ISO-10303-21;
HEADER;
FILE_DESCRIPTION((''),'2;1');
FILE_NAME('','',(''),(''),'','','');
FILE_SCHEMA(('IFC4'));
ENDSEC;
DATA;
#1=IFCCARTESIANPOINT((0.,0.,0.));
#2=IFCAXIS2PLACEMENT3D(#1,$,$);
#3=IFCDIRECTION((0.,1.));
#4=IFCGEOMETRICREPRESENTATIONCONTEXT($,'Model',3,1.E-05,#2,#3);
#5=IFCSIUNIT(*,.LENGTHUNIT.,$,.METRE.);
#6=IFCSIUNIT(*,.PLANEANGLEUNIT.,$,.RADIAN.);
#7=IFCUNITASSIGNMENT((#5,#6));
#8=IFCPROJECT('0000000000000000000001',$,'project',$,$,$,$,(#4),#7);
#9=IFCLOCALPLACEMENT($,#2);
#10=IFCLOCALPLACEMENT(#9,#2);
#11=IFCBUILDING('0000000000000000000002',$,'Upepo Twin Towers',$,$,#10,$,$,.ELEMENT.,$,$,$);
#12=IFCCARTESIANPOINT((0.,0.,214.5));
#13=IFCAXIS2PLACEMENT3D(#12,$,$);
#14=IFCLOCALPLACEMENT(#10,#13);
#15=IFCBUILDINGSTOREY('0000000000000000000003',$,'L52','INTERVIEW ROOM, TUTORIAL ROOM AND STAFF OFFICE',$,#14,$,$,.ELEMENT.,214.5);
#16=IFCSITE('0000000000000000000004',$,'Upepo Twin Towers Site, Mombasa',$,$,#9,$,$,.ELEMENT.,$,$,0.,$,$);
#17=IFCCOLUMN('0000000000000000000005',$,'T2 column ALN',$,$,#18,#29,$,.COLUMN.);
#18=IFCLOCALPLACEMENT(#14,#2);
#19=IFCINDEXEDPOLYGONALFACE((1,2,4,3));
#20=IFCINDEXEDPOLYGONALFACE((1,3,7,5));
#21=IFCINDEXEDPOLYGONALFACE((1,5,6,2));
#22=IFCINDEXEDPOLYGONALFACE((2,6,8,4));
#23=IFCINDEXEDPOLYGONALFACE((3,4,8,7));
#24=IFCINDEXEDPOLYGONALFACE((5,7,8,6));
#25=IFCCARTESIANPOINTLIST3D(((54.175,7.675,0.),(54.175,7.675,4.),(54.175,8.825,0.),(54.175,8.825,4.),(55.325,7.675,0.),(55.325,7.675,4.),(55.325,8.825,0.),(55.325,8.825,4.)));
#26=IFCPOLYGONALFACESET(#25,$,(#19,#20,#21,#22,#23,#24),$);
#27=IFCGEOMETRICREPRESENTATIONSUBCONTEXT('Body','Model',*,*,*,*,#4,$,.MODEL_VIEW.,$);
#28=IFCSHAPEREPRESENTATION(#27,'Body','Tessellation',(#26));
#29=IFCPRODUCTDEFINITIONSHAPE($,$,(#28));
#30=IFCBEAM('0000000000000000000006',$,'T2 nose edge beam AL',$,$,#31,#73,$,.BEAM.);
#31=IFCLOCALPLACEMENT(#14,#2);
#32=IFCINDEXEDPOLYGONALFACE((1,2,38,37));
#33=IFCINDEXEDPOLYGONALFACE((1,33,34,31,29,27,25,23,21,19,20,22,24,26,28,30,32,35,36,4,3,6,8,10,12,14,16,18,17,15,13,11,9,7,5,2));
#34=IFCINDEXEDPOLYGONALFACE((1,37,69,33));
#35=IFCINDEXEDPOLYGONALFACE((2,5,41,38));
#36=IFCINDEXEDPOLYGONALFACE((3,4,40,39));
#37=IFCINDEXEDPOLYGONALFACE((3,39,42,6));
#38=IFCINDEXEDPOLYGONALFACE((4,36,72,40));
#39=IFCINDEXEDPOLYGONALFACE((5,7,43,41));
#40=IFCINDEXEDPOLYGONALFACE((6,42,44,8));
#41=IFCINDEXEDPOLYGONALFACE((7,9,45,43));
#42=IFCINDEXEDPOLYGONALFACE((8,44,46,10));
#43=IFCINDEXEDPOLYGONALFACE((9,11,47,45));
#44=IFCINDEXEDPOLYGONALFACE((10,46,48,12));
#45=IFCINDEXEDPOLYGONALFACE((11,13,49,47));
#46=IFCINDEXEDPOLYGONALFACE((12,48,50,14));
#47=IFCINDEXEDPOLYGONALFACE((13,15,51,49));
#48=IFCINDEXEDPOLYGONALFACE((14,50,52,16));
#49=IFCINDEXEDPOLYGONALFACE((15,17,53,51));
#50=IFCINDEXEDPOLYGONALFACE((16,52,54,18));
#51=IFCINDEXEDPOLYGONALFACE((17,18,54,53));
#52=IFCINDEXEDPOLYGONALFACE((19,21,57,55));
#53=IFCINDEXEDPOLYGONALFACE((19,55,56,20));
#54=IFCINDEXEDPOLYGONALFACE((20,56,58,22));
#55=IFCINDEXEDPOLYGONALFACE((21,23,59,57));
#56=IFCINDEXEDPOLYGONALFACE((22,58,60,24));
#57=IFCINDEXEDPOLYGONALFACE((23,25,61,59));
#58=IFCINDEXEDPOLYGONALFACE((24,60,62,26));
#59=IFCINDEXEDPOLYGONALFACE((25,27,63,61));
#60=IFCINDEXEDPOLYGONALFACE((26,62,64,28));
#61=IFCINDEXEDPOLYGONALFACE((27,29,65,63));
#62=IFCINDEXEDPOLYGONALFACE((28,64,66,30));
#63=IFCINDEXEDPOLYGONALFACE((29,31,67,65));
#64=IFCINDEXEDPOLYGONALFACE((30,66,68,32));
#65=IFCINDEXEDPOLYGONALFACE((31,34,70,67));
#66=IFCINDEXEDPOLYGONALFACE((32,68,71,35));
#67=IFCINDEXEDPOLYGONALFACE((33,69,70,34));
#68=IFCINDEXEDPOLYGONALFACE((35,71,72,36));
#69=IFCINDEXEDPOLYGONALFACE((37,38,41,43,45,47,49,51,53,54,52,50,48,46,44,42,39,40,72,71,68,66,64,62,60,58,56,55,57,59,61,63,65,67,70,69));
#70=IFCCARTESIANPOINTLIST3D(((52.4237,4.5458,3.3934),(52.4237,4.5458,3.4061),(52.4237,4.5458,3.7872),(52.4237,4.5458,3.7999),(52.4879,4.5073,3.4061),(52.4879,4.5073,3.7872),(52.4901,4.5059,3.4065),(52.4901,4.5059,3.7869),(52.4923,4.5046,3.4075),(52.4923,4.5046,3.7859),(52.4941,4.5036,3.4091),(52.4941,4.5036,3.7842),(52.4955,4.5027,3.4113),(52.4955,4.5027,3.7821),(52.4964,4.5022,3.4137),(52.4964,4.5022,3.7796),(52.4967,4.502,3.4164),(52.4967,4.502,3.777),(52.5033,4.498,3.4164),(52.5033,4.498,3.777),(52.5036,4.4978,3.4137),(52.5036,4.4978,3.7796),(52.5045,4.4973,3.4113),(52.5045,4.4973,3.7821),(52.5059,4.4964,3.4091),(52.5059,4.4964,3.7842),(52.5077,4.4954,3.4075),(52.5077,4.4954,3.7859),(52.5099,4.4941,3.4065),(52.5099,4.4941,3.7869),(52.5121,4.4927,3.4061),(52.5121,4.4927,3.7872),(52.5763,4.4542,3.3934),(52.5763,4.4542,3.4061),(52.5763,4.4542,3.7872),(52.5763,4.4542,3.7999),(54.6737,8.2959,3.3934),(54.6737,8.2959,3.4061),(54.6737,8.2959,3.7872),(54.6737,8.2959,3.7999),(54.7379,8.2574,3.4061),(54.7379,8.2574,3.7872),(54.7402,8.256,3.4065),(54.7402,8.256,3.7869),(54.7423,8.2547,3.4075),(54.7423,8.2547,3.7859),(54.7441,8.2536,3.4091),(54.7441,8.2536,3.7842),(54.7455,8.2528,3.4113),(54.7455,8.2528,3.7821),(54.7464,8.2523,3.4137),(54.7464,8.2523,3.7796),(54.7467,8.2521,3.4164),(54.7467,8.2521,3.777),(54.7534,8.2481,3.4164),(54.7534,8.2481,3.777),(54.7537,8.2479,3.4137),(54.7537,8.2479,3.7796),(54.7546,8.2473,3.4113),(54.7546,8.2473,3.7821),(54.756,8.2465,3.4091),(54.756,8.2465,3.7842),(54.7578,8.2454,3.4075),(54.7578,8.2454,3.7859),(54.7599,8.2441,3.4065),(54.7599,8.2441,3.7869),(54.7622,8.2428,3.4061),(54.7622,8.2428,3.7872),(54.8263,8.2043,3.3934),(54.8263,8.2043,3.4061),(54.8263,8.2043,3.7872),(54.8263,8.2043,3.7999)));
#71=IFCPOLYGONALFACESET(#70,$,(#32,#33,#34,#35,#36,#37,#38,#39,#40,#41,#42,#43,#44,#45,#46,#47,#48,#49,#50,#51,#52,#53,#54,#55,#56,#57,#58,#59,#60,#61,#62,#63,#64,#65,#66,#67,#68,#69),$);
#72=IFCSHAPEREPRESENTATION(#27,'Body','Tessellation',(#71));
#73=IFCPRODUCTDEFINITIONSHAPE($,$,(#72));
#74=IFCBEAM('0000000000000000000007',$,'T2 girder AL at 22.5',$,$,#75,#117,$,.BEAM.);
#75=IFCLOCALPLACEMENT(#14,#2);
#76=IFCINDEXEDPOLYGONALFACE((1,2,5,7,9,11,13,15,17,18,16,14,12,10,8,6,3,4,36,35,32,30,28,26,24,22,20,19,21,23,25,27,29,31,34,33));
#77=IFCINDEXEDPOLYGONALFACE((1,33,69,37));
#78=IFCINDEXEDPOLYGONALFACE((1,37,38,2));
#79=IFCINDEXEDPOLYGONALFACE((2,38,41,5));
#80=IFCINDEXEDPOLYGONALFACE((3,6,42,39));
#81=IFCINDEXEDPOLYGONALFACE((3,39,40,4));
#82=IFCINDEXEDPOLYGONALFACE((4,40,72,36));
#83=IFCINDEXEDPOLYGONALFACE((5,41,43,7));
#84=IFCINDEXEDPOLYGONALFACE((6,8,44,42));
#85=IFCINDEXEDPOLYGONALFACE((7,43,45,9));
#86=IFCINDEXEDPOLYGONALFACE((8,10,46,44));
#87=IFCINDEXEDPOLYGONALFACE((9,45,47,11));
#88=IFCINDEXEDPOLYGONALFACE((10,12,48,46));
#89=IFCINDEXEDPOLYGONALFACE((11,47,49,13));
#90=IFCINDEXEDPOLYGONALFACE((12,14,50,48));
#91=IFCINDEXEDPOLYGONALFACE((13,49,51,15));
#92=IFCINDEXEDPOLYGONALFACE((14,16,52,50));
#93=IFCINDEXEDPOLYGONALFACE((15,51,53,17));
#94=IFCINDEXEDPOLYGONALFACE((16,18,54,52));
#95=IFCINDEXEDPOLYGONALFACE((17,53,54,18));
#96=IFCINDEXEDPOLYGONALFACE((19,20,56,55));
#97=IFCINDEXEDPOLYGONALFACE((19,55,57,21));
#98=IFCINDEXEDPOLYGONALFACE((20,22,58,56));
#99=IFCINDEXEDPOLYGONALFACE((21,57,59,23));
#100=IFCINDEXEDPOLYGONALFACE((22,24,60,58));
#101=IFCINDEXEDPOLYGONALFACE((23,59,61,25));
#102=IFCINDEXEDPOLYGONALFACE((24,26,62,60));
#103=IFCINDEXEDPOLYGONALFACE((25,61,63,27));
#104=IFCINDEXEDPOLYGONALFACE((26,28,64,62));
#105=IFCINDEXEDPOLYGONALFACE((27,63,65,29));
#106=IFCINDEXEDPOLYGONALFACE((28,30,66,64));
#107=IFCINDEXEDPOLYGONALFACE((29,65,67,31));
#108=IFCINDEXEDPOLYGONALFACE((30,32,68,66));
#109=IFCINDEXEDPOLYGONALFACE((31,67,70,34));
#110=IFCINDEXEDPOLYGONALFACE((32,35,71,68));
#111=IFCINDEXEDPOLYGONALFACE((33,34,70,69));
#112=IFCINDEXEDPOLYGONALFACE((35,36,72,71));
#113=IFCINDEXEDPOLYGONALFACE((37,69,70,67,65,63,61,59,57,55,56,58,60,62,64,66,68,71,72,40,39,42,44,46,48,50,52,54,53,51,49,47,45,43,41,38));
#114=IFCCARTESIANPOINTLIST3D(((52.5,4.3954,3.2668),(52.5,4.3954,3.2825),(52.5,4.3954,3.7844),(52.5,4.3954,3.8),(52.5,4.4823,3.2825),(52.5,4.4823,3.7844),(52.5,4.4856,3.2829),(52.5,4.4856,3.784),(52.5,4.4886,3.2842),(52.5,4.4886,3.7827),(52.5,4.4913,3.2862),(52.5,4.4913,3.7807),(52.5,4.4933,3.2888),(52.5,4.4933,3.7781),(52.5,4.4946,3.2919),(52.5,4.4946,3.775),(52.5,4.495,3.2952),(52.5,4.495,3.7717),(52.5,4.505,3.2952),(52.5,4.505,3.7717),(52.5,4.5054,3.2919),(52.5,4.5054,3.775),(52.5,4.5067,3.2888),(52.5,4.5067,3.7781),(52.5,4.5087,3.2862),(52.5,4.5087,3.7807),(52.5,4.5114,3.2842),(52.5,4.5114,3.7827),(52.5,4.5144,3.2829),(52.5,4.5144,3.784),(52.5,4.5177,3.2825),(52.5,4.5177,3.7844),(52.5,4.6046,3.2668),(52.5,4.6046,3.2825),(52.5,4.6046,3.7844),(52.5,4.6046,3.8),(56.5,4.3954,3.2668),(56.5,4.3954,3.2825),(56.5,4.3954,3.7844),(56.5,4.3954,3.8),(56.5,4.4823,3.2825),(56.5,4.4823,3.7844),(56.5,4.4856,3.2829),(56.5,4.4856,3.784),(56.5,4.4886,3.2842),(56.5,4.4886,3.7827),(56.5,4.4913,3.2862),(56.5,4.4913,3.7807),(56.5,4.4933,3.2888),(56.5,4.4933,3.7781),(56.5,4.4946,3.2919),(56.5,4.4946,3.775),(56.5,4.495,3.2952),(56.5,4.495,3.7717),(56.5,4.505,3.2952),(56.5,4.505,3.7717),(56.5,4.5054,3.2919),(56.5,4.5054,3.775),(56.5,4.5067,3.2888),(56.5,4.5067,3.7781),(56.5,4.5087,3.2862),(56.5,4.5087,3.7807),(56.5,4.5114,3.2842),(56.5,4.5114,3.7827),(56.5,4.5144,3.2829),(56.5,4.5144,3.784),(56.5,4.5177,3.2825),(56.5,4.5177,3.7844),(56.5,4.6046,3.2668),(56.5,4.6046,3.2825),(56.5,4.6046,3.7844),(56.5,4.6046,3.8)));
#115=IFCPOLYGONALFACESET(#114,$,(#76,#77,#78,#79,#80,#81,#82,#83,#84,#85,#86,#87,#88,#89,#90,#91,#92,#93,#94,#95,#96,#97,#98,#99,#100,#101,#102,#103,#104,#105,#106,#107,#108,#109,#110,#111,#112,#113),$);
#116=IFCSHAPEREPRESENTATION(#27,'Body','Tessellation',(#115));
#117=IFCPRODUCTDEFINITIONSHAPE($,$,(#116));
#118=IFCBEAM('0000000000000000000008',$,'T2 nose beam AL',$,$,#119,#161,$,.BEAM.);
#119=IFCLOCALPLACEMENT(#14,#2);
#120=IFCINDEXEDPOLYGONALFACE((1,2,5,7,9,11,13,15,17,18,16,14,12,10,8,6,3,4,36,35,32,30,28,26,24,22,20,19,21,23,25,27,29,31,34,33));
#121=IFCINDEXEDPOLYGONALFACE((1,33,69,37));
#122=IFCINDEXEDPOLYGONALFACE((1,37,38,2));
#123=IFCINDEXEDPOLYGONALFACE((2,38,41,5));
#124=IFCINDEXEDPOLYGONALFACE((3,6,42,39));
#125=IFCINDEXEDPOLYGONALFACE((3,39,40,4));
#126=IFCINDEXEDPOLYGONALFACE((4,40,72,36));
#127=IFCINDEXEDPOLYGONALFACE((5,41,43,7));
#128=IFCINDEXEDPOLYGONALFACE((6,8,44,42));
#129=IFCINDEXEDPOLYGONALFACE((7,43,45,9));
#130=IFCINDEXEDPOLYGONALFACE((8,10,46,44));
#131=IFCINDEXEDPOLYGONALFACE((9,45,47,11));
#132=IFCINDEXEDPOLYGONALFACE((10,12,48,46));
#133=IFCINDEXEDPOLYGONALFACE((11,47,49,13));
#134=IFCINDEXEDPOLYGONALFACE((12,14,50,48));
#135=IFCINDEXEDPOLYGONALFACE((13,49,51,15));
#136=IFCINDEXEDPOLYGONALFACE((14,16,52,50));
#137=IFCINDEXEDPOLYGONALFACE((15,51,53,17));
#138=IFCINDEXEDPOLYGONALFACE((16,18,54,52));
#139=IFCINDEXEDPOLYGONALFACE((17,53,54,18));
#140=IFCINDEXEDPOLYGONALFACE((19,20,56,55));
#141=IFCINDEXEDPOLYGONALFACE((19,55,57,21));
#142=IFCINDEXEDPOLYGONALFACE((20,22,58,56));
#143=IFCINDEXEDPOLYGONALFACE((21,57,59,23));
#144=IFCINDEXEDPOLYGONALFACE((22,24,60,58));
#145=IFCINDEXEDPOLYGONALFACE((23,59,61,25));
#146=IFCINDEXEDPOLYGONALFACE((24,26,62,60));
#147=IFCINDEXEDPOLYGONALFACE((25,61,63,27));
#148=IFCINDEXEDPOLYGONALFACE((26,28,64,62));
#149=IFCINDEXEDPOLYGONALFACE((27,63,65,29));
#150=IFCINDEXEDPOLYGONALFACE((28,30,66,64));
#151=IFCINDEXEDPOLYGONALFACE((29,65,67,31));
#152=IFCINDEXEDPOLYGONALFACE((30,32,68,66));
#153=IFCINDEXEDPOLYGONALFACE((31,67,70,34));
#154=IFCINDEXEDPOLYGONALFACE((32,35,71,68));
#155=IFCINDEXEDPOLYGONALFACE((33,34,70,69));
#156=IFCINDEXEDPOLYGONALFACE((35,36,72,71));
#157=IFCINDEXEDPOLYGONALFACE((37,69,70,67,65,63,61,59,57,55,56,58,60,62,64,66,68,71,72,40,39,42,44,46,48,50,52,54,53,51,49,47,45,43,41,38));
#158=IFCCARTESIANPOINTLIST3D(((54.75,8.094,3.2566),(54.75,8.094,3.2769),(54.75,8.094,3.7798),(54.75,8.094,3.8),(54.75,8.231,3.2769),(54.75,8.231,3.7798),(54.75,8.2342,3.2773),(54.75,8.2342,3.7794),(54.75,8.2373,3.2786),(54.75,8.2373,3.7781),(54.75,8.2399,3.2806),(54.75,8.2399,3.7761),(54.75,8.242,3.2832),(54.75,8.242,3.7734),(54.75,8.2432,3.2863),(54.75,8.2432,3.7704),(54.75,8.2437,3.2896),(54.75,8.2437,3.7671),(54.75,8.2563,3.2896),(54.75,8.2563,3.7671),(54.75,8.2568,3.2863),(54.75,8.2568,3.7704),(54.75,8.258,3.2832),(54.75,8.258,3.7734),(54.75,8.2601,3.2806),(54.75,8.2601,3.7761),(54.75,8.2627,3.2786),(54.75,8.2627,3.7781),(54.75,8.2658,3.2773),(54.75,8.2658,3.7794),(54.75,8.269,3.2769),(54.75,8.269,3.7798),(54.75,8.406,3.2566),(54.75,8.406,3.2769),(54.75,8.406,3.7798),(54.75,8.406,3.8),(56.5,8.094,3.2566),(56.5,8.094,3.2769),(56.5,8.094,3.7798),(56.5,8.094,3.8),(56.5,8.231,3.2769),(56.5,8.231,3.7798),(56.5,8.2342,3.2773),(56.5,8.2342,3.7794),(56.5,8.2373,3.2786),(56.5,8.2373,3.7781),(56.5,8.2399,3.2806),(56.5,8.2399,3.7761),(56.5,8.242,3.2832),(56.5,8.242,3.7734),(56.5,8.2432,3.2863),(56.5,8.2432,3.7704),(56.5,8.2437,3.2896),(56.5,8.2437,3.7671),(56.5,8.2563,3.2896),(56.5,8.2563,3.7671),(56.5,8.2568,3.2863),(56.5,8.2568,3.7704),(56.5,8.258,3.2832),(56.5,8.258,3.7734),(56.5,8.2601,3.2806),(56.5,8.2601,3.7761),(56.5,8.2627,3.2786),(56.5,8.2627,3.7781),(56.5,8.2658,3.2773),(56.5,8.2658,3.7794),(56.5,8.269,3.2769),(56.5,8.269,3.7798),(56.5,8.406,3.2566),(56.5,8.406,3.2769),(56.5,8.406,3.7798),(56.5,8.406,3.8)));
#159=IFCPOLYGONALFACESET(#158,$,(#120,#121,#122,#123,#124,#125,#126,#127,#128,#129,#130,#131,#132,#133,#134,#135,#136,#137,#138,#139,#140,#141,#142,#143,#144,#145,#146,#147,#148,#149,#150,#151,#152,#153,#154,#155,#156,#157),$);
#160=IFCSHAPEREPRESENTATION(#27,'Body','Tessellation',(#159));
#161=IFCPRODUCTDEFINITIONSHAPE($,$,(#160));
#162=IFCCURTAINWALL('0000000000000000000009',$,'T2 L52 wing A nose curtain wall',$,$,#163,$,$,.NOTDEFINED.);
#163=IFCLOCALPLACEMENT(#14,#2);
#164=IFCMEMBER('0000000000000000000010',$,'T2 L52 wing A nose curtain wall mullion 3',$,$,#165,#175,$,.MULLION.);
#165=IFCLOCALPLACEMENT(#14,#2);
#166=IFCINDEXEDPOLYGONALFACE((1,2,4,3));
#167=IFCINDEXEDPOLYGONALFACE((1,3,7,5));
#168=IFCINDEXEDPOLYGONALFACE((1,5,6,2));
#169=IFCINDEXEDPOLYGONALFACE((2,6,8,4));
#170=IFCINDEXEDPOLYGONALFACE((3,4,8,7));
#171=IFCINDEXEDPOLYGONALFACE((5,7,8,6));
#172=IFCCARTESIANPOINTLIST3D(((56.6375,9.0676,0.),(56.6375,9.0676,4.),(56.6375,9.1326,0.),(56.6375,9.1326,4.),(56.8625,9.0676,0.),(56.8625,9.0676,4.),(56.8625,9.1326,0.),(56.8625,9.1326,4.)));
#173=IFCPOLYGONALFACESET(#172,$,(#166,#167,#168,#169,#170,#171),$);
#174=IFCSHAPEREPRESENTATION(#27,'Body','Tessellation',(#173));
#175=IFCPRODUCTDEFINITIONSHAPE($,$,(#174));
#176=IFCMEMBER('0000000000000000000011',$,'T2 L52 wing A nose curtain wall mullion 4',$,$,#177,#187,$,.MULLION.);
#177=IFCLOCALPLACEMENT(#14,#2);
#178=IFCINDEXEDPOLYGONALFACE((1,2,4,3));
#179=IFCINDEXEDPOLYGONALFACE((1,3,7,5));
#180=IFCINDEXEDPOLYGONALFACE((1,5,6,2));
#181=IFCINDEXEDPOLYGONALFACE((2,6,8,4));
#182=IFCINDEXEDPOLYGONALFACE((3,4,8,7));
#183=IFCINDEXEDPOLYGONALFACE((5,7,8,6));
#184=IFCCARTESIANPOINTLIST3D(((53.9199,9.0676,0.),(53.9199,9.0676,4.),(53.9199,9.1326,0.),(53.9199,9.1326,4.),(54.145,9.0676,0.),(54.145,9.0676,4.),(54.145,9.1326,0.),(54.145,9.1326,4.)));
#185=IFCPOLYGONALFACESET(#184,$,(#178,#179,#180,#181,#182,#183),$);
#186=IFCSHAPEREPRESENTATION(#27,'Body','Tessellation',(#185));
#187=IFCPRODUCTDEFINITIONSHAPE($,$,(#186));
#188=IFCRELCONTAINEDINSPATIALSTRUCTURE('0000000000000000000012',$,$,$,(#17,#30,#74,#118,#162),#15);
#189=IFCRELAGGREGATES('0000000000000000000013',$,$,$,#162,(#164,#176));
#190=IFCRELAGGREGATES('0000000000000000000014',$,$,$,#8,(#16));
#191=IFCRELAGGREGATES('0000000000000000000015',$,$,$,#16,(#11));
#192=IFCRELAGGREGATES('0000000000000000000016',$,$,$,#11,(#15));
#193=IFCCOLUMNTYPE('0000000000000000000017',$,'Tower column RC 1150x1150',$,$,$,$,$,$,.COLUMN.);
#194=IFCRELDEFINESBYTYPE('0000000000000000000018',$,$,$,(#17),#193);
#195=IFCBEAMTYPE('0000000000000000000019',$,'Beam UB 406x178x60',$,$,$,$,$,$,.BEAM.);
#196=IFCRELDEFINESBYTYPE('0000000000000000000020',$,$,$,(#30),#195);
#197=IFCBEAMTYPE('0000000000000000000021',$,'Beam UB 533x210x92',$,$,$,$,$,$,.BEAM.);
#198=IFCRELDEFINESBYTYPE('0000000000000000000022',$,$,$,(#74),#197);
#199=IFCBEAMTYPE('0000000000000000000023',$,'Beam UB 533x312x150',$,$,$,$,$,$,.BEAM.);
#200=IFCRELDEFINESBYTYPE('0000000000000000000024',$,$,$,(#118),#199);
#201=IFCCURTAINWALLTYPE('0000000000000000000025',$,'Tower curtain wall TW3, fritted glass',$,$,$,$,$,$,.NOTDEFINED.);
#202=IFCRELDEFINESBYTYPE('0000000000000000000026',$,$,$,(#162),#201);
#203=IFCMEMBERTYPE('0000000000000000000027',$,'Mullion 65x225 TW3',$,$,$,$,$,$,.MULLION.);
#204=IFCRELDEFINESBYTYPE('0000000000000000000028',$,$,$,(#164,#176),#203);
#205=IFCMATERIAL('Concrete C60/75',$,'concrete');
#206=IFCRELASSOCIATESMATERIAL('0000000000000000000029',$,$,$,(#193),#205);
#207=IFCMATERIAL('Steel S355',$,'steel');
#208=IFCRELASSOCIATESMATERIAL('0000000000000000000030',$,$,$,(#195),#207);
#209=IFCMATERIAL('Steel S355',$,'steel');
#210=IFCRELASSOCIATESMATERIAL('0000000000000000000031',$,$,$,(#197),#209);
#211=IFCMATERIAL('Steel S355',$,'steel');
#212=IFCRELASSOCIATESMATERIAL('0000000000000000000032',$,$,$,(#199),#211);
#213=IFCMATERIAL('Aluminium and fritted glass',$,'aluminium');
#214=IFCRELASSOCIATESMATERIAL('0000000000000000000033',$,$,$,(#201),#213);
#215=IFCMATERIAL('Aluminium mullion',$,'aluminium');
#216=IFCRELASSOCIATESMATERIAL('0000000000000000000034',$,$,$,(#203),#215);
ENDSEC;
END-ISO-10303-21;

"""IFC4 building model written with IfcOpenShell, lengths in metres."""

from ifc_helpers import new_model, si_unit, direction, frame, origin, origin_2d, place, context, subcontext, project, spatial, rectangle, i_section, extrude, material, material_profile, profile_set, type_object, element, aggregate, save


model = new_model("IFC4")

# Units and contexts
model_context = context("Model", 3, precision=1e-05, world=origin(), true_north=direction((0.0, 1.0)))
body_context = subcontext(model_context, "Body", "Model", "MODEL_VIEW")
ifc_project = project(units=[si_unit("LENGTHUNIT", "METRE"), si_unit("PLANEANGLEUNIT", "RADIAN")], contexts=[model_context])

# Site, building, storey
site_placement = place(None, origin())
site = spatial("IfcSite", under=ifc_project, at=site_placement, Name="Upepo Twin Towers Site, Mombasa", CompositionType="ELEMENT", RefElevation=0.0)
building_placement = place(site_placement, origin())
building = spatial("IfcBuilding", under=site, at=building_placement, Name="Upepo Twin Towers", CompositionType="ELEMENT")
storey_placement = place(building_placement, frame((0.0, 0.0, 214.5)))
storey = spatial("IfcBuildingStorey", under=building, at=storey_placement, Name="L52", Description="INTERVIEW ROOM, TUTORIAL ROOM AND STAFF OFFICE", CompositionType="ELEMENT", Elevation=214.5)

# Column
ifc_material_1 = material(Name="Concrete C60/75", Category="concrete")
ifc_material_profile_1 = material_profile(ifc_material_1, rectangle(XDim=1.1499, YDim=1.1499, at=origin_2d()), Name="RC 1150x1150")
ifc_profile_set_1 = profile_set([ifc_material_profile_1], Name="Concrete C60/75")
column_type = type_object("IfcColumnType", Name="Tower column RC 1150x1150", PredefinedType="COLUMN", material=ifc_profile_set_1)
column_placement = place(storey_placement, frame((54.75, 8.25, 0.0), z_axis=(0.0, 0.0, 1.0), x_axis=(1.0, 0.0, 0.0)))
element("IfcColumn", 1, at=column_placement, inside=storey, type_object=column_type, Name="T2 column ALN", PredefinedType="COLUMN", context=body_context, shape_type="SweptSolid", body=[
    extrude(rectangle(XDim=1.1499, YDim=1.1499, at=origin_2d()), origin(), (0.0, 0.0, 1.0), 4.0),
])

# Beams
ifc_material_2 = material(Name="Steel S355", Category="steel")
ifc_material_profile_2 = material_profile(ifc_material_2, i_section(OverallWidth=0.178, OverallDepth=0.4065, WebThickness=0.0078, FlangeThickness=0.0127, FilletRadius=0.0103, at=origin_2d()), Name="UB 406x178x60")
ifc_profile_set_2 = profile_set([ifc_material_profile_2], Name="Steel S355")
beam_type_1 = type_object("IfcBeamType", Name="Beam UB 406x178x60", PredefinedType="BEAM", material=ifc_profile_set_2)
beam_1_placement = place(storey_placement, frame((52.5, 4.5, 3.5967), z_axis=(0.514496, 0.857493, 0.0), x_axis=(-0.857493, 0.514496, 0.0)))
element("IfcBeam", 2, at=beam_1_placement, inside=storey, type_object=beam_type_1, Name="T2 nose edge beam AL", PredefinedType="BEAM", context=body_context, shape_type="SweptSolid", body=[
    extrude(i_section(OverallWidth=0.178, OverallDepth=0.4065, WebThickness=0.0078, FlangeThickness=0.0127, FilletRadius=0.0103, at=origin_2d()), origin(), (0.0, 0.0, 1.0), 4.3733),
])
ifc_material_3 = material(Name="Steel S355", Category="steel")
ifc_material_profile_3 = material_profile(ifc_material_3, i_section(OverallWidth=0.2092, OverallDepth=0.5332, WebThickness=0.01, FlangeThickness=0.0156, FilletRadius=0.0127, at=origin_2d()), Name="UB 533x210x92")
ifc_profile_set_3 = profile_set([ifc_material_profile_3], Name="Steel S355")
beam_type_2 = type_object("IfcBeamType", Name="Beam UB 533x210x92", PredefinedType="BEAM", material=ifc_profile_set_3)
beam_2_placement = place(storey_placement, frame((52.5, 4.5, 3.5334), z_axis=(1.0, 0.0, 0.0), x_axis=(0.0, 1.0, 0.0)))
element("IfcBeam", 3, at=beam_2_placement, inside=storey, type_object=beam_type_2, Name="T2 girder AL at 22.5", PredefinedType="BEAM", context=body_context, shape_type="SweptSolid", body=[
    extrude(i_section(OverallWidth=0.2092, OverallDepth=0.5332, WebThickness=0.01, FlangeThickness=0.0156, FilletRadius=0.0127, at=origin_2d()), origin(), (0.0, 0.0, 1.0), 4.0),
])
ifc_material_4 = material(Name="Steel S355", Category="steel")
ifc_material_profile_4 = material_profile(ifc_material_4, i_section(OverallWidth=0.312, OverallDepth=0.5435, WebThickness=0.0127, FlangeThickness=0.0203, FilletRadius=0.0127, at=origin_2d()), Name="UB 533x312x150")
ifc_profile_set_4 = profile_set([ifc_material_profile_4], Name="Steel S355")
beam_type_3 = type_object("IfcBeamType", Name="Beam UB 533x312x150", PredefinedType="BEAM", material=ifc_profile_set_4)
beam_3_placement = place(storey_placement, frame((54.75, 8.25, 3.5283), z_axis=(1.0, 0.0, 0.0), x_axis=(0.0, 1.0, 0.0)))
element("IfcBeam", 4, at=beam_3_placement, inside=storey, type_object=beam_type_3, Name="T2 nose beam AL", PredefinedType="BEAM", context=body_context, shape_type="SweptSolid", body=[
    extrude(i_section(OverallWidth=0.312, OverallDepth=0.5435, WebThickness=0.0127, FlangeThickness=0.0203, FilletRadius=0.0127, at=origin_2d()), origin(), (0.0, 0.0, 1.0), 1.75),
])

# Curtain wall, members
ifc_material_5 = material(Name="Aluminium and fritted glass", Category="aluminium")
curtain_wall_type = type_object("IfcCurtainWallType", Name="Tower curtain wall TW3, fritted glass", PredefinedType="NOTDEFINED", material=ifc_material_5)
curtain_wall_placement = place(storey_placement, origin())
curtain_wall = element("IfcCurtainWall", 5, at=curtain_wall_placement, inside=storey, type_object=curtain_wall_type, Name="T2 L52 wing A nose curtain wall", PredefinedType="NOTDEFINED")
ifc_material_6 = material(Name="Aluminium mullion", Category="aluminium")
ifc_material_profile_5 = material_profile(ifc_material_6, rectangle(XDim=0.0649, YDim=0.2251, at=origin_2d()), Name="MULLION 65x225")
ifc_profile_set_5 = profile_set([ifc_material_profile_5], Name="Aluminium mullion")
member_type_1 = type_object("IfcMemberType", Name="Mullion 65x225 TW3", PredefinedType="MULLION", material=ifc_profile_set_5)
member_1_placement = place(storey_placement, frame((56.75, 9.1001, 0.0), z_axis=(0.0, 0.0, 1.0), x_axis=(0.0, -1.0, 0.0)))
member_1 = element("IfcMember", 6, at=member_1_placement, type_object=member_type_1, Name="T2 L52 wing A nose curtain wall mullion 3", PredefinedType="MULLION", context=body_context, shape_type="SweptSolid", body=[
    extrude(rectangle(XDim=0.0649, YDim=0.2251, at=origin_2d()), origin(), (0.0, 0.0, 1.0), 4.0),
])
member_2_placement = place(storey_placement, frame((54.0325, 9.1001, 0.0), z_axis=(0.0, 0.0, 1.0), x_axis=(0.0, -1.0, 0.0)))
member_2 = element("IfcMember", 7, at=member_2_placement, type_object=member_type_1, Name="T2 L52 wing A nose curtain wall mullion 4", PredefinedType="MULLION", context=body_context, shape_type="SweptSolid", body=[
    extrude(rectangle(XDim=0.0649, YDim=0.2251, at=origin_2d()), origin(), (0.0, 0.0, 1.0), 4.0),
])
aggregate(curtain_wall, [member_1, member_2])

save(model, "model.ifc")
